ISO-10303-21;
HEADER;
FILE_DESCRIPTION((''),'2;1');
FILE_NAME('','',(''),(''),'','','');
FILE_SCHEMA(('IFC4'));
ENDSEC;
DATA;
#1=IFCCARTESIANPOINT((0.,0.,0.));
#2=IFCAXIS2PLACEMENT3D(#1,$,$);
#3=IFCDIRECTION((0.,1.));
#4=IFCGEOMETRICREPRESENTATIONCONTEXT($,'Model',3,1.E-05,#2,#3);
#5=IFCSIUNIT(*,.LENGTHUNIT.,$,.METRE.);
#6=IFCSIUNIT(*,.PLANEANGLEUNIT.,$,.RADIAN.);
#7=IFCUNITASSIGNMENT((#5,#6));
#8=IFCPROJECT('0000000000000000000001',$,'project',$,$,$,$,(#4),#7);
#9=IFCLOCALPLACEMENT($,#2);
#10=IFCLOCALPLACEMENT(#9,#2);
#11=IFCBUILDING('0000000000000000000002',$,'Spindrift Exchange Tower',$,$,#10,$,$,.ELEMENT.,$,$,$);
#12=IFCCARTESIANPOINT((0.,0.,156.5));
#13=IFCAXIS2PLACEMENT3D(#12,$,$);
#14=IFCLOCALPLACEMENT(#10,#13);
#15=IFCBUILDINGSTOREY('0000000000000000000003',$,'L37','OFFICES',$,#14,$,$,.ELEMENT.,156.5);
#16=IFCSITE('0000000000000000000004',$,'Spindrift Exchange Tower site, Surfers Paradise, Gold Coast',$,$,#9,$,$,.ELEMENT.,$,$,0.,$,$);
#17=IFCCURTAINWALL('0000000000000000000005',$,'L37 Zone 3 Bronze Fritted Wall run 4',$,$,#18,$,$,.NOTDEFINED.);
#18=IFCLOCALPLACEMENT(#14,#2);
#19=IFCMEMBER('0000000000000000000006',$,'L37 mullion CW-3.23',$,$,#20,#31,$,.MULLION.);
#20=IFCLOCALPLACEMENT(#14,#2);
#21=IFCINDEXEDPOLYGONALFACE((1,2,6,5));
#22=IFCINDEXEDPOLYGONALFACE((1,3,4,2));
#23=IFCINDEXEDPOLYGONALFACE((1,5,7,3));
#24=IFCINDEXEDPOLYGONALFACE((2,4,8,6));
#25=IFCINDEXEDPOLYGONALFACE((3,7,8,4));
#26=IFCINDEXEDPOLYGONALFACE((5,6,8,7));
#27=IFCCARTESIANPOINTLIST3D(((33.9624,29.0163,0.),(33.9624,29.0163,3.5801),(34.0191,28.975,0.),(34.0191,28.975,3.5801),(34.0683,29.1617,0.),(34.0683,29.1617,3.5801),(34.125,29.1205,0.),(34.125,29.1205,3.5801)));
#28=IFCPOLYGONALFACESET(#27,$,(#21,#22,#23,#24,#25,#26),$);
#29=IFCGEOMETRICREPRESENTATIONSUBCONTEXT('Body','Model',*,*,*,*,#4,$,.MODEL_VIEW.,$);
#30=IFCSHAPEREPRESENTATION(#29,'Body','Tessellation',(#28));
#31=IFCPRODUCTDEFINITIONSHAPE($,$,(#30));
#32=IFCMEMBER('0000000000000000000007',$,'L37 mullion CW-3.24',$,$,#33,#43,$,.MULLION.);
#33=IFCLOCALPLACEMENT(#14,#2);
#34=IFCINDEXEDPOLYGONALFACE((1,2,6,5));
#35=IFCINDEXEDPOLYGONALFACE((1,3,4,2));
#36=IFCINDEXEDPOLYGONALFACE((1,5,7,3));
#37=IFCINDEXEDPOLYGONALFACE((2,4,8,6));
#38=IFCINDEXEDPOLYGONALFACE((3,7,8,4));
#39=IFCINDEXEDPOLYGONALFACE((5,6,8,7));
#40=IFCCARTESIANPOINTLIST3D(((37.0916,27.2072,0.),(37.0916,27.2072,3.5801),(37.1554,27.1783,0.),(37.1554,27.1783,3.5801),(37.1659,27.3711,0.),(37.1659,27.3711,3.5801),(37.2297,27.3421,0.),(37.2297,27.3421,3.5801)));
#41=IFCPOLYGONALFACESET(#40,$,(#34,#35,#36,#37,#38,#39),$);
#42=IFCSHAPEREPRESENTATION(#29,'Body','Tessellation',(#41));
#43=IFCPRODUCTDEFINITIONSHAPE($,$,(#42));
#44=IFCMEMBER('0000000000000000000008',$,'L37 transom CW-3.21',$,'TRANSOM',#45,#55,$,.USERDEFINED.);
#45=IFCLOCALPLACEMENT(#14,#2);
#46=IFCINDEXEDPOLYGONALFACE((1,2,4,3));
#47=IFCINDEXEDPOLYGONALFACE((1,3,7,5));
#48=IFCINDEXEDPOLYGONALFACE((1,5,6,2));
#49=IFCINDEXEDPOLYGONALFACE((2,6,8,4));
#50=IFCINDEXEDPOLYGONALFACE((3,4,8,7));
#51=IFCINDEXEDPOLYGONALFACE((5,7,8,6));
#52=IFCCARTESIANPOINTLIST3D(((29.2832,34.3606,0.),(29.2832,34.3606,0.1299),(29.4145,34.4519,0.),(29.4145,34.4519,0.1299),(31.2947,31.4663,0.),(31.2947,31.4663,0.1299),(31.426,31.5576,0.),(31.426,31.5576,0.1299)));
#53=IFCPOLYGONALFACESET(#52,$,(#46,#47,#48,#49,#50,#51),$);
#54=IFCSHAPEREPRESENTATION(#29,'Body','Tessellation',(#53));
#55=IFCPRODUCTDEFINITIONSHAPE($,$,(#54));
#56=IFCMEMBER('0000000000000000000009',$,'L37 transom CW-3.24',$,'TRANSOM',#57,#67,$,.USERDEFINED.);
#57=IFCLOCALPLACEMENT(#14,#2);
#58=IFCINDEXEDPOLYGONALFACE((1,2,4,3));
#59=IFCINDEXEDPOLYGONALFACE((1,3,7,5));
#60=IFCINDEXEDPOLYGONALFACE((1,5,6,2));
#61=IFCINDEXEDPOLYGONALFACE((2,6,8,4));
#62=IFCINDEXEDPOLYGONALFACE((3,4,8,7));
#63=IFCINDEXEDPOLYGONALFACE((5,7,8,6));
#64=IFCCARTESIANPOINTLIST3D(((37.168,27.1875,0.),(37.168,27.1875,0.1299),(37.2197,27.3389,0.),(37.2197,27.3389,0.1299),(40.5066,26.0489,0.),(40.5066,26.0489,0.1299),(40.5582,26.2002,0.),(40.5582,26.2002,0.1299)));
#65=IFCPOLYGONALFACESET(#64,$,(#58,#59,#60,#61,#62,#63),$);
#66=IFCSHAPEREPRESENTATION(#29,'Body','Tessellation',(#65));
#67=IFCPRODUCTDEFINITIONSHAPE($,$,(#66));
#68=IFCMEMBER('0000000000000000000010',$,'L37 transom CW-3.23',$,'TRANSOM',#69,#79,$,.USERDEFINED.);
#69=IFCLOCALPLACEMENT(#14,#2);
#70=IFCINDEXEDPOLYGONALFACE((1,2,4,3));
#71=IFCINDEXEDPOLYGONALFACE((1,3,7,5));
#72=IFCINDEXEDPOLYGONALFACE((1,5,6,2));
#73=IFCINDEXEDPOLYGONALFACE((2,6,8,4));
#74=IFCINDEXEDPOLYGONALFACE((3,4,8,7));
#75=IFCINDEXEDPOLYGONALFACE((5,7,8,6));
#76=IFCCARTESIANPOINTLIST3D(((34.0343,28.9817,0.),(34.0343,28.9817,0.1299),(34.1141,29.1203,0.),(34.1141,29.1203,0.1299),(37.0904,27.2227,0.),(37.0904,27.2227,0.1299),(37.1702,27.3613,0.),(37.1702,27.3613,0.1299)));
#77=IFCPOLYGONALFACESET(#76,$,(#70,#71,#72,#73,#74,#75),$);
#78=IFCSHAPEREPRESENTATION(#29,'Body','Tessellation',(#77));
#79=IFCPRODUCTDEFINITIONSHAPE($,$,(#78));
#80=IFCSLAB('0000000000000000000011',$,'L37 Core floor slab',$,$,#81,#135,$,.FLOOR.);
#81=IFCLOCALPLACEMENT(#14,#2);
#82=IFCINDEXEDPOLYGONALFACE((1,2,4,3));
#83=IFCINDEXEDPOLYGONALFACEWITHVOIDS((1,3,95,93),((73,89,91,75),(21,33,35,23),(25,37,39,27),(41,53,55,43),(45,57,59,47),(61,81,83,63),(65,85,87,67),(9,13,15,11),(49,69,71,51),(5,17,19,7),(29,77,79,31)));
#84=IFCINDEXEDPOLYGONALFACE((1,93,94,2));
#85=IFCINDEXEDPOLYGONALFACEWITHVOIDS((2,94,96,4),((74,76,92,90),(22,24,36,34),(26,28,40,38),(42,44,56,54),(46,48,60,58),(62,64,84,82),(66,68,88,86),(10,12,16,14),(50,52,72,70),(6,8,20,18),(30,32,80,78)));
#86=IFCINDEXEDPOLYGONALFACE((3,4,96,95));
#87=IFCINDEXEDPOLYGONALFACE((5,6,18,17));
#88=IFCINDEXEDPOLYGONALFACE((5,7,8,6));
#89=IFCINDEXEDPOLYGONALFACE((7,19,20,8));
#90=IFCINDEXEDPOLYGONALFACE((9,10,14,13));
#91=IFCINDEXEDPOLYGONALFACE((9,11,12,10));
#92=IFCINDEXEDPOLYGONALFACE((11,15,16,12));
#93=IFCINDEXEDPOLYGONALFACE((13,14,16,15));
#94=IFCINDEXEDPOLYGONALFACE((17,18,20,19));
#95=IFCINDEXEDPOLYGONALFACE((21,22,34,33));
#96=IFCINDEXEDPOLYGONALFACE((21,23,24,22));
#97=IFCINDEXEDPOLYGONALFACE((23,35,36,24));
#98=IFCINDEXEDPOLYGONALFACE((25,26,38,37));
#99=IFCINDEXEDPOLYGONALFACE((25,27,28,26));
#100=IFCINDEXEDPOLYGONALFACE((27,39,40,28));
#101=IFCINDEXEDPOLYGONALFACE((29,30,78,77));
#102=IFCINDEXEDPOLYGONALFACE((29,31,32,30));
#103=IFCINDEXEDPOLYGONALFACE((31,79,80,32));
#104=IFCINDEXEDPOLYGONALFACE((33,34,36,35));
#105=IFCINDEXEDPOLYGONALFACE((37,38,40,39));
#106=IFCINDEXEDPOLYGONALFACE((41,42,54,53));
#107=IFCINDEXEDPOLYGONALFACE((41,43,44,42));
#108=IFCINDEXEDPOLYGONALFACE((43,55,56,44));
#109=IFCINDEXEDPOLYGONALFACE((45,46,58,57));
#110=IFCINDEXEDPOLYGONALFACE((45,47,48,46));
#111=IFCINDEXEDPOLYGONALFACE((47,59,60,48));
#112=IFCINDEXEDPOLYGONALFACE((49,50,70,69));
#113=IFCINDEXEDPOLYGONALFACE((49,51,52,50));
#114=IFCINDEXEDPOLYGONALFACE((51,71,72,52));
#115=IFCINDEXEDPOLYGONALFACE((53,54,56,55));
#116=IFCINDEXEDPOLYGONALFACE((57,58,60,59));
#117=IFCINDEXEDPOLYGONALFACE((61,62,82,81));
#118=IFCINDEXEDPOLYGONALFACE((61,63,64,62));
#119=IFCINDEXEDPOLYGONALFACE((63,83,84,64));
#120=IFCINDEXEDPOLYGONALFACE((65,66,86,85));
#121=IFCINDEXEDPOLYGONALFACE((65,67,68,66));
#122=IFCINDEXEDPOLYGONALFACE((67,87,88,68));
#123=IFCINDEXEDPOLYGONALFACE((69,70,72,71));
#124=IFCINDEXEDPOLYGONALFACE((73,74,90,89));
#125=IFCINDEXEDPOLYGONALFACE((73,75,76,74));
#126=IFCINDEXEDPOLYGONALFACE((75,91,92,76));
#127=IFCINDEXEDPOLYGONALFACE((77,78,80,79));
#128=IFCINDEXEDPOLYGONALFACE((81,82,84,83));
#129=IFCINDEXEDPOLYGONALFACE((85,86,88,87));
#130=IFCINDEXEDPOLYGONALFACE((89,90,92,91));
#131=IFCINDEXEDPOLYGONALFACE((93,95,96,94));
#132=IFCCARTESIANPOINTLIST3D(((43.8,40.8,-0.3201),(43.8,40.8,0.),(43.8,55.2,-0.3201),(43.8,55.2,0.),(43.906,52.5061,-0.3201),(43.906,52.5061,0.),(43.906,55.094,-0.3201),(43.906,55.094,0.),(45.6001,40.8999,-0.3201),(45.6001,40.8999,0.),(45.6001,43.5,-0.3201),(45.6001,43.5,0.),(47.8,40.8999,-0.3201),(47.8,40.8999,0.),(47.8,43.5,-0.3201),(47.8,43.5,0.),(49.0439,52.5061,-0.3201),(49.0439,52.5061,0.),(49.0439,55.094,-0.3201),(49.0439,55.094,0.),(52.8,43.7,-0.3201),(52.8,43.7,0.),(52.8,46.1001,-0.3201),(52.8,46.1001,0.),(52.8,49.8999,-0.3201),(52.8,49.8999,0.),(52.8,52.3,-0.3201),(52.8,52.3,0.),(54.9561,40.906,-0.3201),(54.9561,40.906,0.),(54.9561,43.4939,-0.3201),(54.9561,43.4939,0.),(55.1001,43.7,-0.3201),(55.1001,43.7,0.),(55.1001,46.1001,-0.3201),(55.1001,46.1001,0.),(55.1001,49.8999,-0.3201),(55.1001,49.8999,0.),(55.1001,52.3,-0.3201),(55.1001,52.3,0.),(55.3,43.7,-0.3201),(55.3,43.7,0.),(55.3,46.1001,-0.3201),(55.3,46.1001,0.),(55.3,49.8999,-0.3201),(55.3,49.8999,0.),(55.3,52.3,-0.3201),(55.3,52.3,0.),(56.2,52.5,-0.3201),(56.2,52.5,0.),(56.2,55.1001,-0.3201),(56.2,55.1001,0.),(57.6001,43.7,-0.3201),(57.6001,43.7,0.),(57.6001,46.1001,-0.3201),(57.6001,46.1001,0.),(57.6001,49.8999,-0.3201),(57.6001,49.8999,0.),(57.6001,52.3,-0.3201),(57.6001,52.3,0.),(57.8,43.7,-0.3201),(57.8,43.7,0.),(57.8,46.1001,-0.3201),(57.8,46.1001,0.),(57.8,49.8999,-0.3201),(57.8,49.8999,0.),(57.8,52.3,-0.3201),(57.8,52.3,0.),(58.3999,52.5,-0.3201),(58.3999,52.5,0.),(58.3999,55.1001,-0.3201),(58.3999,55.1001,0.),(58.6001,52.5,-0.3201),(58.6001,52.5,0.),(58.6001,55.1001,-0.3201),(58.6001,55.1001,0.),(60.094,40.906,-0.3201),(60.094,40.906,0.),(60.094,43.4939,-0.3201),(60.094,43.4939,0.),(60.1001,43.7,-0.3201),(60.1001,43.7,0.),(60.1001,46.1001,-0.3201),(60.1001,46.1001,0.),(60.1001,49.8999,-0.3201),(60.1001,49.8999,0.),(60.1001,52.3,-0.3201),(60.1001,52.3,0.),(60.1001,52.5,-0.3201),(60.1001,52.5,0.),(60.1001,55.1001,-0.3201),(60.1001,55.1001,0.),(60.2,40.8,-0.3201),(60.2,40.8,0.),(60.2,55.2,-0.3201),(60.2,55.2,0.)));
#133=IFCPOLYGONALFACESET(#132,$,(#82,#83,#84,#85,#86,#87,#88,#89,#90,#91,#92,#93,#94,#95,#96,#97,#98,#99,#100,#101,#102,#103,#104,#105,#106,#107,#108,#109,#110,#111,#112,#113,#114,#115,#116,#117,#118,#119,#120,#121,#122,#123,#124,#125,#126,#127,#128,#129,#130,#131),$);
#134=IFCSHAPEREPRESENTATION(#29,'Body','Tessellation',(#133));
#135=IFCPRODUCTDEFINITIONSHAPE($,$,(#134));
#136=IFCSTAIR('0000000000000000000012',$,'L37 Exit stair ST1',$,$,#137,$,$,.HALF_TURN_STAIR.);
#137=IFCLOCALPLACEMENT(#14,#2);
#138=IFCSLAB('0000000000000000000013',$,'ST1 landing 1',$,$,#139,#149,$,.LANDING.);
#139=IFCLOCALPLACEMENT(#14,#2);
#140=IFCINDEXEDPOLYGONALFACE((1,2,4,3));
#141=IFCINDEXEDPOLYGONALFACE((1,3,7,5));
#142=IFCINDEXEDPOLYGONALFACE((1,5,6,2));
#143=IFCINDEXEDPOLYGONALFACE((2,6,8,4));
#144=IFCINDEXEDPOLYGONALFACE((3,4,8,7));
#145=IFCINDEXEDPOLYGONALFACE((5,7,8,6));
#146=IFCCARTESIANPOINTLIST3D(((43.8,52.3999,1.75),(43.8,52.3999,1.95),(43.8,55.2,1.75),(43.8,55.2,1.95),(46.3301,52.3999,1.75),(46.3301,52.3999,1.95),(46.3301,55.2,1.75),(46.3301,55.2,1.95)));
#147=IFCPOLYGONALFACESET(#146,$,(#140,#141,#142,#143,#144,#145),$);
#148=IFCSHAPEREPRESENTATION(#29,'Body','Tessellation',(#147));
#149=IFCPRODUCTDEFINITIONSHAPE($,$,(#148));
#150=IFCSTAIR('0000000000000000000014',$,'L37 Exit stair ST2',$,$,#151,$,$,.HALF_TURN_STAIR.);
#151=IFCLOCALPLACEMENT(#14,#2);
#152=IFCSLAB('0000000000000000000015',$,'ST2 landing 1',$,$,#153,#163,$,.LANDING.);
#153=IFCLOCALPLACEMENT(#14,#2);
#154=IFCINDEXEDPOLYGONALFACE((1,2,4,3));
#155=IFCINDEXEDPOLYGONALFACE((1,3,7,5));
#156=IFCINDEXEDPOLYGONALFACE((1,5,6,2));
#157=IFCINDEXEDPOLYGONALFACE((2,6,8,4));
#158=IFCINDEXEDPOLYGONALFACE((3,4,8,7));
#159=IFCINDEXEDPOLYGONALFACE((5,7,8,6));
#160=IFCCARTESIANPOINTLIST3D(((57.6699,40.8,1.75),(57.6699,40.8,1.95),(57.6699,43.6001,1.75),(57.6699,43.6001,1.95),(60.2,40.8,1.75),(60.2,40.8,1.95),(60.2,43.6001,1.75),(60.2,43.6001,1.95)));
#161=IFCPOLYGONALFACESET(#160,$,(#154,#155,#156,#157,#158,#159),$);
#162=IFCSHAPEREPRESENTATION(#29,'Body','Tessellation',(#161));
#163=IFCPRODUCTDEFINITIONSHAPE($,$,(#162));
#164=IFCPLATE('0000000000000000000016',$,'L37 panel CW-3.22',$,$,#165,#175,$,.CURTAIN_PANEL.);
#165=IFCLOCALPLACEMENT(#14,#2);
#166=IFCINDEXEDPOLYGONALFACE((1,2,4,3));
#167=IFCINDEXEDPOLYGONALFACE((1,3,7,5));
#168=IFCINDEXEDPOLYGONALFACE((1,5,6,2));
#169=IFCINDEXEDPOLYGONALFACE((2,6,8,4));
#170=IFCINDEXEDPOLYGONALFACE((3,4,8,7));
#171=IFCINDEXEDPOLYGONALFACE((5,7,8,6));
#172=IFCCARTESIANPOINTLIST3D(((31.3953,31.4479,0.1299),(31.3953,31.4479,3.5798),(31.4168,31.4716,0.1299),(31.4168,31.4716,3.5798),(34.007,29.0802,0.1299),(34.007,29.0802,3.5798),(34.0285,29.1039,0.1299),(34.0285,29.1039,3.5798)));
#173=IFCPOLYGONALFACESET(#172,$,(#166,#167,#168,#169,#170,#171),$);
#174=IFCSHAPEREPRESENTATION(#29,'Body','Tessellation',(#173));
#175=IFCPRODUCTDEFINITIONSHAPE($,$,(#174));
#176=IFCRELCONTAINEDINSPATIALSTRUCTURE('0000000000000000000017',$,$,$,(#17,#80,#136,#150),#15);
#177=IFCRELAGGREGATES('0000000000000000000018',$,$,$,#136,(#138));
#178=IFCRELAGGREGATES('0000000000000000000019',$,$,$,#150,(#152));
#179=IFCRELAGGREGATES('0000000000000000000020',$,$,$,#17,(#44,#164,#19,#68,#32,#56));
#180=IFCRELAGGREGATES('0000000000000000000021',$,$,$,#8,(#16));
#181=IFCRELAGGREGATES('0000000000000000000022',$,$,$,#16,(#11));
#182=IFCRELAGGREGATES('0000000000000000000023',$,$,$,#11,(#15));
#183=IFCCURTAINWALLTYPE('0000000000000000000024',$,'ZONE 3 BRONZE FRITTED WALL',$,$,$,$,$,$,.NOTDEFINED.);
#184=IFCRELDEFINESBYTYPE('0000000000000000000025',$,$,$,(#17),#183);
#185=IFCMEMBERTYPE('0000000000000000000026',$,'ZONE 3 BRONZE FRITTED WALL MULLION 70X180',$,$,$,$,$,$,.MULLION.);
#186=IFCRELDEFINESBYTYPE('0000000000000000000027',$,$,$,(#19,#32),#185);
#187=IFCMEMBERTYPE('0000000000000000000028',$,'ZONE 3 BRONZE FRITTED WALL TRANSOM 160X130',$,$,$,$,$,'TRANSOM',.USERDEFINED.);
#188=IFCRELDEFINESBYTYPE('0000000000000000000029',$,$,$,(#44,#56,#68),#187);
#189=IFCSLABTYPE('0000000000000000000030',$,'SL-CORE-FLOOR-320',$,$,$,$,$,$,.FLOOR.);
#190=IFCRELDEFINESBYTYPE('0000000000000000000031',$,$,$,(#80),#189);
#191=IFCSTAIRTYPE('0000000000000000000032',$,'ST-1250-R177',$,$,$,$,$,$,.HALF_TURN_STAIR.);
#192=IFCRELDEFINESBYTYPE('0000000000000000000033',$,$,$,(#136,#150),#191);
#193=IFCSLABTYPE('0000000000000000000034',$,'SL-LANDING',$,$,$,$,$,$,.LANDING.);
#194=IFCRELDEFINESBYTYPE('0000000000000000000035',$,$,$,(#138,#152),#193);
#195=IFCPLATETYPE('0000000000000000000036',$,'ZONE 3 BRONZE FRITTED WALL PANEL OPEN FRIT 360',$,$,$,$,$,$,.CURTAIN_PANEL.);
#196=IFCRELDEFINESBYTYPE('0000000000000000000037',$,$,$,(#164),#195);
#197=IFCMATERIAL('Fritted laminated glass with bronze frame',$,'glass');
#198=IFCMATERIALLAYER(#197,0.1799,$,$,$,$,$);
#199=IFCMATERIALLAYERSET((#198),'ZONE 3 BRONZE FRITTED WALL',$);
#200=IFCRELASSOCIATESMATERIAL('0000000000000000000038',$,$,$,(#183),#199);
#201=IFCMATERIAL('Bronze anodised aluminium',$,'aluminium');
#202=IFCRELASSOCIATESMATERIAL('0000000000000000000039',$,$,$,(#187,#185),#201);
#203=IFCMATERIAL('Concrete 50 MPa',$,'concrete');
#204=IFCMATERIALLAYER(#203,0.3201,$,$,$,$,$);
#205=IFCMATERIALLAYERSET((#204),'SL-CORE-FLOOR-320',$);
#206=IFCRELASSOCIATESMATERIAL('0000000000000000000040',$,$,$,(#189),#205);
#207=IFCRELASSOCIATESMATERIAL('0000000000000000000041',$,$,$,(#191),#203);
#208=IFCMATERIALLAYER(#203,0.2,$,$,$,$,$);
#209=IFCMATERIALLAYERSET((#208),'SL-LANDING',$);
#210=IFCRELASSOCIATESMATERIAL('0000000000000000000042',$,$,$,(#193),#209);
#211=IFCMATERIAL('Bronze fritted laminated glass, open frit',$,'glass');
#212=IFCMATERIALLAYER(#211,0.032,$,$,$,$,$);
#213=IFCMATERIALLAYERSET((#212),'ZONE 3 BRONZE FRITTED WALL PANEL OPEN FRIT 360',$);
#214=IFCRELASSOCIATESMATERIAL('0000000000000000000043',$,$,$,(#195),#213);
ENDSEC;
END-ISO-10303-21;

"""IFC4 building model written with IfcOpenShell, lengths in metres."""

from ifc_helpers import new_model, si_unit, direction, frame, origin, origin_2d, place, context, subcontext, project, spatial, line, indexed_curve, rectangle, outline, extrude, source, transform, mapped, material, layer, layer_set, material_profile, profile_set, type_object, element, aggregate, save


model = new_model("IFC4")

# Units and contexts
model_context = context("Model", 3, precision=1e-05, world=origin(), true_north=direction((0.0, 1.0)))
body_context = subcontext(model_context, "Body", "Model", "MODEL_VIEW")
ifc_project = project(units=[si_unit("LENGTHUNIT", "METRE"), si_unit("PLANEANGLEUNIT", "RADIAN")], contexts=[model_context])

# Site, building, storey
site_placement = place(None, origin())
site = spatial("IfcSite", under=ifc_project, at=site_placement, Name="Spindrift Exchange Tower site, Surfers Paradise, Gold Coast", CompositionType="ELEMENT", RefElevation=0.0)
building_placement = place(site_placement, origin())
building = spatial("IfcBuilding", under=site, at=building_placement, Name="Spindrift Exchange Tower", CompositionType="ELEMENT")
storey_placement = place(building_placement, frame((0.0, 0.0, 156.5)))
storey = spatial("IfcBuildingStorey", under=building, at=storey_placement, Name="L37", Description="OFFICES", CompositionType="ELEMENT", Elevation=156.5)

# Shared definitions
ifc_material_1 = material(Name="Concrete 50 MPa", Category="concrete")

# Curtain wall, members
ifc_material_2 = material(Name="Fritted laminated glass with bronze frame", Category="glass")
ifc_layer_1 = layer(ifc_material_2, 0.1799)
ifc_layer_set_1 = layer_set([ifc_layer_1], Name="ZONE 3 BRONZE FRITTED WALL")
curtain_wall_type = type_object("IfcCurtainWallType", Name="ZONE 3 BRONZE FRITTED WALL", PredefinedType="NOTDEFINED", material=ifc_layer_set_1)
curtain_wall_placement = place(storey_placement, origin())
curtain_wall = element("IfcCurtainWall", 1, at=curtain_wall_placement, inside=storey, type_object=curtain_wall_type, Name="L37 Zone 3 Bronze Fritted Wall run 4", PredefinedType="NOTDEFINED")
ifc_material_3 = material(Name="Bronze anodised aluminium", Category="aluminium")
ifc_material_profile_1 = material_profile(ifc_material_3, rectangle(XDim=0.1599, YDim=0.1299, at=origin_2d()), Name="ZONE 3 BRONZE FRITTED WALL TRANSOM 160X130")
ifc_profile_set_1 = profile_set([ifc_material_profile_1], Name="Bronze anodised aluminium")
member_type_1 = type_object("IfcMemberType", Name="ZONE 3 BRONZE FRITTED WALL TRANSOM 160X130", ElementType="TRANSOM", PredefinedType="USERDEFINED", material=ifc_profile_set_1)
ifc_material_profile_2 = material_profile(ifc_material_3, rectangle(XDim=0.0701, YDim=0.1799, at=origin_2d()), Name="ZONE 3 BRONZE FRITTED WALL MULLION 70X180")
ifc_profile_set_2 = profile_set([ifc_material_profile_2], Name="Bronze anodised aluminium")
member_type_2 = type_object("IfcMemberType", Name="ZONE 3 BRONZE FRITTED WALL MULLION 70X180", PredefinedType="MULLION", material=ifc_profile_set_2)
shared_shape_1 = source(origin(), body_context, "Body", "SweptSolid", [
    extrude(rectangle(XDim=0.0701, YDim=0.1799, at=origin_2d()), origin(), (0.0, 0.0, 1.0), 3.5801),
])
member_1_placement = place(storey_placement, frame((34.0437, 29.0684, 0.0), z_axis=(0.0, 0.0, 1.0), x_axis=(0.808422, -0.588603, 0.0)))
member_1 = element("IfcMember", 2, at=member_1_placement, type_object=member_type_2, Name="L37 mullion CW-3.23", PredefinedType="MULLION", context=body_context, shape_type="MappedRepresentation", body=[
    mapped(shared_shape_1, transform((0.0, 0.0, 0.0), scale=1.0)),
])
member_2_placement = place(storey_placement, frame((37.1606, 27.2747, 0.0), z_axis=(0.0, 0.0, 1.0), x_axis=(0.910847, -0.412743, 0.0)))
member_2 = element("IfcMember", 3, at=member_2_placement, type_object=member_type_2, Name="L37 mullion CW-3.24", PredefinedType="MULLION", context=body_context, shape_type="MappedRepresentation", body=[
    mapped(shared_shape_1, transform((0.0, 0.0, 0.0), scale=1.0)),
])
shared_shape_2 = source(origin(), body_context, "Body", "SweptSolid", [
    extrude(rectangle(XDim=0.1599, YDim=0.1299, at=origin_2d()), origin(), (0.0, 0.0, 1.0), 3.5247),
])
member_3_placement = place(storey_placement, frame((29.3489, 34.4062, 0.0649), z_axis=(0.570693, -0.821163, 0.0), x_axis=(0.821163, 0.570693, 0.0)))
member_3 = element("IfcMember", 4, at=member_3_placement, type_object=member_type_1, Name="L37 transom CW-3.21", ObjectType="TRANSOM", PredefinedType="USERDEFINED", context=body_context, shape_type="MappedRepresentation", body=[
    mapped(shared_shape_2, transform((0.0, 0.0, 0.0), scale=1.0)),
])
shared_shape_3 = source(origin(), body_context, "Body", "SweptSolid", [
    extrude(rectangle(XDim=0.1599, YDim=0.1299, at=origin_2d()), origin(), (0.0, 0.0, 1.0), 3.5273),
])
member_4_placement = place(storey_placement, frame((37.1938, 27.2632, 0.0649), z_axis=(0.946466, -0.322802, 0.0), x_axis=(0.322802, 0.946466, 0.0)))
member_4 = element("IfcMember", 5, at=member_4_placement, type_object=member_type_1, Name="L37 transom CW-3.24", ObjectType="TRANSOM", PredefinedType="USERDEFINED", context=body_context, shape_type="MappedRepresentation", body=[
    mapped(shared_shape_3, transform((0.0, 0.0, 0.0), scale=1.0)),
])
shared_shape_4 = source(origin(), body_context, "Body", "SweptSolid", [
    extrude(rectangle(XDim=0.1599, YDim=0.1299, at=origin_2d()), origin(), (0.0, 0.0, 1.0), 3.5261),
])
member_5_placement = place(storey_placement, frame((34.0742, 29.051, 0.0649), z_axis=(0.866692, -0.498843, 0.0), x_axis=(0.498843, 0.866692, 0.0)))
member_5 = element("IfcMember", 6, at=member_5_placement, type_object=member_type_1, Name="L37 transom CW-3.23", ObjectType="TRANSOM", PredefinedType="USERDEFINED", context=body_context, shape_type="MappedRepresentation", body=[
    mapped(shared_shape_4, transform((0.0, 0.0, 0.0), scale=1.0)),
])

# Slab
ifc_layer_2 = layer(ifc_material_1, 0.3201)
ifc_layer_set_2 = layer_set([ifc_layer_2], Name="SL-CORE-FLOOR-320")
slab_type_1 = type_object("IfcSlabType", Name="SL-CORE-FLOOR-320", PredefinedType="FLOOR", material=ifc_layer_set_2)
slab_1_placement = place(storey_placement, frame((0.0, 0.0, -0.3201)))
element("IfcSlab", 7, at=slab_1_placement, inside=storey, type_object=slab_type_1, Name="L37 Core floor slab", PredefinedType="FLOOR", context=body_context, shape_type="SweptSolid", body=[
    extrude(outline(indexed_curve([(43.8, 40.8), (43.8, 55.2), (60.2, 55.2), (60.2, 40.8)], segments=[line(1, 2, 3, 4, 1)], self_intersect=False), holes=[indexed_curve([(45.6001, 43.5), (45.6001, 40.8999), (47.8, 40.8999), (47.8, 43.5)], segments=[line(1, 2, 3, 4, 1)], self_intersect=False), indexed_curve([(52.8, 46.1001), (52.8, 43.7), (55.1001, 43.7), (55.1001, 46.1001)], segments=[line(1, 2, 3, 4, 1)], self_intersect=False), indexed_curve([(55.3, 46.1001), (55.3, 43.7), (57.6001, 43.7), (57.6001, 46.1001)], segments=[line(1, 2, 3, 4, 1)], self_intersect=False), indexed_curve([(55.1001, 52.3), (52.8, 52.3), (52.8, 49.8999), (55.1001, 49.8999)], segments=[line(1, 2, 3, 4, 1)], self_intersect=False), indexed_curve([(57.6001, 52.3), (55.3, 52.3), (55.3, 49.8999), (57.6001, 49.8999)], segments=[line(1, 2, 3, 4, 1)], self_intersect=False), indexed_curve([(43.906, 52.5061), (49.0439, 52.5061), (49.0439, 55.094), (43.906, 55.094)], segments=[line(1, 2, 3, 4, 1)], self_intersect=False), indexed_curve([(60.094, 40.906), (60.094, 43.4939), (54.9561, 43.4939), (54.9561, 40.906)], segments=[line(1, 2, 3, 4, 1)], self_intersect=False), indexed_curve([(60.1001, 46.1001), (57.8, 46.1001), (57.8, 43.7), (60.1001, 43.7)], segments=[line(1, 2, 3, 4, 1)], self_intersect=False), indexed_curve([(57.8, 52.3), (57.8, 49.8999), (60.1001, 49.8999), (60.1001, 52.3)], segments=[line(1, 2, 3, 4, 1)], self_intersect=False), indexed_curve([(58.3999, 55.1001), (56.2, 55.1001), (56.2, 52.5), (58.3999, 52.5)], segments=[line(1, 2, 3, 4, 1)], self_intersect=False), indexed_curve([(60.1001, 55.1001), (58.6001, 55.1001), (58.6001, 52.5), (60.1001, 52.5)], segments=[line(1, 2, 3, 4, 1)], self_intersect=False)]), origin(), (0.0, 0.0, 1.0), 0.3201),
])

# Stairs, slabs
stair_type = type_object("IfcStairType", Name="ST-1250-R177", PredefinedType="HALF_TURN_STAIR", material=ifc_material_1)
stair_1_placement = place(storey_placement, origin())
stair_1 = element("IfcStair", 8, at=stair_1_placement, inside=storey, type_object=stair_type, Name="L37 Exit stair ST1", PredefinedType="HALF_TURN_STAIR")
ifc_layer_3 = layer(ifc_material_1, 0.2)
ifc_layer_set_3 = layer_set([ifc_layer_3], Name="SL-LANDING")
slab_type_2 = type_object("IfcSlabType", Name="SL-LANDING", PredefinedType="LANDING", material=ifc_layer_set_3)
slab_2_placement = place(storey_placement, frame((0.0, 0.0, 1.75)))
slab_2 = element("IfcSlab", 9, at=slab_2_placement, type_object=slab_type_2, Name="ST1 landing 1", PredefinedType="LANDING", context=body_context, shape_type="SweptSolid", body=[
    extrude(outline(indexed_curve([(46.3301, 52.3999), (43.8, 52.3999), (43.8, 55.2), (46.3301, 55.2)], segments=[line(1, 2, 3, 4, 1)], self_intersect=False)), origin(), (0.0, 0.0, 1.0), 0.2),
])
aggregate(stair_1, [slab_2])
stair_2_placement = place(storey_placement, origin())
stair_2 = element("IfcStair", 10, at=stair_2_placement, inside=storey, type_object=stair_type, Name="L37 Exit stair ST2", PredefinedType="HALF_TURN_STAIR")
slab_3_placement = place(storey_placement, frame((0.0, 0.0, 1.75)))
slab_3 = element("IfcSlab", 11, at=slab_3_placement, type_object=slab_type_2, Name="ST2 landing 1", PredefinedType="LANDING", context=body_context, shape_type="SweptSolid", body=[
    extrude(outline(indexed_curve([(57.6699, 43.6001), (60.2, 43.6001), (60.2, 40.8), (57.6699, 40.8)], segments=[line(1, 2, 3, 4, 1)], self_intersect=False)), origin(), (0.0, 0.0, 1.0), 0.2),
])
aggregate(stair_2, [slab_3])

# Plate
ifc_material_4 = material(Name="Bronze fritted laminated glass, open frit", Category="glass")
ifc_layer_4 = layer(ifc_material_4, 0.032)
ifc_layer_set_4 = layer_set([ifc_layer_4], Name="ZONE 3 BRONZE FRITTED WALL PANEL OPEN FRIT 360")
plate_type_1 = type_object("IfcPlateType", Name="ZONE 3 BRONZE FRITTED WALL PANEL OPEN FRIT 360", PredefinedType="CURTAIN_PANEL", material=ifc_layer_set_4)
shared_shape_5 = source(origin(), body_context, "Body", "SweptSolid", [
    extrude(rectangle(XDim=3.5251, YDim=0.032, at=origin_2d()), origin(), (0.0, 0.0, 1.0), 3.45),
])
plate_1_placement = place(storey_placement, frame((32.7119, 30.2759, 0.1299), z_axis=(0.0, 0.0, 1.0), x_axis=(0.740862, -0.671657, 0.0)))
plate_1 = element("IfcPlate", 12, at=plate_1_placement, type_object=plate_type_1, Name="L37 panel CW-3.22", PredefinedType="CURTAIN_PANEL", context=body_context, shape_type="MappedRepresentation", body=[
    mapped(shared_shape_5, transform((0.0, 0.0, 0.0), scale=1.0)),
])
aggregate(curtain_wall, [member_3, plate_1, member_1, member_5, member_2, member_4])

save(model, "model.ifc")
